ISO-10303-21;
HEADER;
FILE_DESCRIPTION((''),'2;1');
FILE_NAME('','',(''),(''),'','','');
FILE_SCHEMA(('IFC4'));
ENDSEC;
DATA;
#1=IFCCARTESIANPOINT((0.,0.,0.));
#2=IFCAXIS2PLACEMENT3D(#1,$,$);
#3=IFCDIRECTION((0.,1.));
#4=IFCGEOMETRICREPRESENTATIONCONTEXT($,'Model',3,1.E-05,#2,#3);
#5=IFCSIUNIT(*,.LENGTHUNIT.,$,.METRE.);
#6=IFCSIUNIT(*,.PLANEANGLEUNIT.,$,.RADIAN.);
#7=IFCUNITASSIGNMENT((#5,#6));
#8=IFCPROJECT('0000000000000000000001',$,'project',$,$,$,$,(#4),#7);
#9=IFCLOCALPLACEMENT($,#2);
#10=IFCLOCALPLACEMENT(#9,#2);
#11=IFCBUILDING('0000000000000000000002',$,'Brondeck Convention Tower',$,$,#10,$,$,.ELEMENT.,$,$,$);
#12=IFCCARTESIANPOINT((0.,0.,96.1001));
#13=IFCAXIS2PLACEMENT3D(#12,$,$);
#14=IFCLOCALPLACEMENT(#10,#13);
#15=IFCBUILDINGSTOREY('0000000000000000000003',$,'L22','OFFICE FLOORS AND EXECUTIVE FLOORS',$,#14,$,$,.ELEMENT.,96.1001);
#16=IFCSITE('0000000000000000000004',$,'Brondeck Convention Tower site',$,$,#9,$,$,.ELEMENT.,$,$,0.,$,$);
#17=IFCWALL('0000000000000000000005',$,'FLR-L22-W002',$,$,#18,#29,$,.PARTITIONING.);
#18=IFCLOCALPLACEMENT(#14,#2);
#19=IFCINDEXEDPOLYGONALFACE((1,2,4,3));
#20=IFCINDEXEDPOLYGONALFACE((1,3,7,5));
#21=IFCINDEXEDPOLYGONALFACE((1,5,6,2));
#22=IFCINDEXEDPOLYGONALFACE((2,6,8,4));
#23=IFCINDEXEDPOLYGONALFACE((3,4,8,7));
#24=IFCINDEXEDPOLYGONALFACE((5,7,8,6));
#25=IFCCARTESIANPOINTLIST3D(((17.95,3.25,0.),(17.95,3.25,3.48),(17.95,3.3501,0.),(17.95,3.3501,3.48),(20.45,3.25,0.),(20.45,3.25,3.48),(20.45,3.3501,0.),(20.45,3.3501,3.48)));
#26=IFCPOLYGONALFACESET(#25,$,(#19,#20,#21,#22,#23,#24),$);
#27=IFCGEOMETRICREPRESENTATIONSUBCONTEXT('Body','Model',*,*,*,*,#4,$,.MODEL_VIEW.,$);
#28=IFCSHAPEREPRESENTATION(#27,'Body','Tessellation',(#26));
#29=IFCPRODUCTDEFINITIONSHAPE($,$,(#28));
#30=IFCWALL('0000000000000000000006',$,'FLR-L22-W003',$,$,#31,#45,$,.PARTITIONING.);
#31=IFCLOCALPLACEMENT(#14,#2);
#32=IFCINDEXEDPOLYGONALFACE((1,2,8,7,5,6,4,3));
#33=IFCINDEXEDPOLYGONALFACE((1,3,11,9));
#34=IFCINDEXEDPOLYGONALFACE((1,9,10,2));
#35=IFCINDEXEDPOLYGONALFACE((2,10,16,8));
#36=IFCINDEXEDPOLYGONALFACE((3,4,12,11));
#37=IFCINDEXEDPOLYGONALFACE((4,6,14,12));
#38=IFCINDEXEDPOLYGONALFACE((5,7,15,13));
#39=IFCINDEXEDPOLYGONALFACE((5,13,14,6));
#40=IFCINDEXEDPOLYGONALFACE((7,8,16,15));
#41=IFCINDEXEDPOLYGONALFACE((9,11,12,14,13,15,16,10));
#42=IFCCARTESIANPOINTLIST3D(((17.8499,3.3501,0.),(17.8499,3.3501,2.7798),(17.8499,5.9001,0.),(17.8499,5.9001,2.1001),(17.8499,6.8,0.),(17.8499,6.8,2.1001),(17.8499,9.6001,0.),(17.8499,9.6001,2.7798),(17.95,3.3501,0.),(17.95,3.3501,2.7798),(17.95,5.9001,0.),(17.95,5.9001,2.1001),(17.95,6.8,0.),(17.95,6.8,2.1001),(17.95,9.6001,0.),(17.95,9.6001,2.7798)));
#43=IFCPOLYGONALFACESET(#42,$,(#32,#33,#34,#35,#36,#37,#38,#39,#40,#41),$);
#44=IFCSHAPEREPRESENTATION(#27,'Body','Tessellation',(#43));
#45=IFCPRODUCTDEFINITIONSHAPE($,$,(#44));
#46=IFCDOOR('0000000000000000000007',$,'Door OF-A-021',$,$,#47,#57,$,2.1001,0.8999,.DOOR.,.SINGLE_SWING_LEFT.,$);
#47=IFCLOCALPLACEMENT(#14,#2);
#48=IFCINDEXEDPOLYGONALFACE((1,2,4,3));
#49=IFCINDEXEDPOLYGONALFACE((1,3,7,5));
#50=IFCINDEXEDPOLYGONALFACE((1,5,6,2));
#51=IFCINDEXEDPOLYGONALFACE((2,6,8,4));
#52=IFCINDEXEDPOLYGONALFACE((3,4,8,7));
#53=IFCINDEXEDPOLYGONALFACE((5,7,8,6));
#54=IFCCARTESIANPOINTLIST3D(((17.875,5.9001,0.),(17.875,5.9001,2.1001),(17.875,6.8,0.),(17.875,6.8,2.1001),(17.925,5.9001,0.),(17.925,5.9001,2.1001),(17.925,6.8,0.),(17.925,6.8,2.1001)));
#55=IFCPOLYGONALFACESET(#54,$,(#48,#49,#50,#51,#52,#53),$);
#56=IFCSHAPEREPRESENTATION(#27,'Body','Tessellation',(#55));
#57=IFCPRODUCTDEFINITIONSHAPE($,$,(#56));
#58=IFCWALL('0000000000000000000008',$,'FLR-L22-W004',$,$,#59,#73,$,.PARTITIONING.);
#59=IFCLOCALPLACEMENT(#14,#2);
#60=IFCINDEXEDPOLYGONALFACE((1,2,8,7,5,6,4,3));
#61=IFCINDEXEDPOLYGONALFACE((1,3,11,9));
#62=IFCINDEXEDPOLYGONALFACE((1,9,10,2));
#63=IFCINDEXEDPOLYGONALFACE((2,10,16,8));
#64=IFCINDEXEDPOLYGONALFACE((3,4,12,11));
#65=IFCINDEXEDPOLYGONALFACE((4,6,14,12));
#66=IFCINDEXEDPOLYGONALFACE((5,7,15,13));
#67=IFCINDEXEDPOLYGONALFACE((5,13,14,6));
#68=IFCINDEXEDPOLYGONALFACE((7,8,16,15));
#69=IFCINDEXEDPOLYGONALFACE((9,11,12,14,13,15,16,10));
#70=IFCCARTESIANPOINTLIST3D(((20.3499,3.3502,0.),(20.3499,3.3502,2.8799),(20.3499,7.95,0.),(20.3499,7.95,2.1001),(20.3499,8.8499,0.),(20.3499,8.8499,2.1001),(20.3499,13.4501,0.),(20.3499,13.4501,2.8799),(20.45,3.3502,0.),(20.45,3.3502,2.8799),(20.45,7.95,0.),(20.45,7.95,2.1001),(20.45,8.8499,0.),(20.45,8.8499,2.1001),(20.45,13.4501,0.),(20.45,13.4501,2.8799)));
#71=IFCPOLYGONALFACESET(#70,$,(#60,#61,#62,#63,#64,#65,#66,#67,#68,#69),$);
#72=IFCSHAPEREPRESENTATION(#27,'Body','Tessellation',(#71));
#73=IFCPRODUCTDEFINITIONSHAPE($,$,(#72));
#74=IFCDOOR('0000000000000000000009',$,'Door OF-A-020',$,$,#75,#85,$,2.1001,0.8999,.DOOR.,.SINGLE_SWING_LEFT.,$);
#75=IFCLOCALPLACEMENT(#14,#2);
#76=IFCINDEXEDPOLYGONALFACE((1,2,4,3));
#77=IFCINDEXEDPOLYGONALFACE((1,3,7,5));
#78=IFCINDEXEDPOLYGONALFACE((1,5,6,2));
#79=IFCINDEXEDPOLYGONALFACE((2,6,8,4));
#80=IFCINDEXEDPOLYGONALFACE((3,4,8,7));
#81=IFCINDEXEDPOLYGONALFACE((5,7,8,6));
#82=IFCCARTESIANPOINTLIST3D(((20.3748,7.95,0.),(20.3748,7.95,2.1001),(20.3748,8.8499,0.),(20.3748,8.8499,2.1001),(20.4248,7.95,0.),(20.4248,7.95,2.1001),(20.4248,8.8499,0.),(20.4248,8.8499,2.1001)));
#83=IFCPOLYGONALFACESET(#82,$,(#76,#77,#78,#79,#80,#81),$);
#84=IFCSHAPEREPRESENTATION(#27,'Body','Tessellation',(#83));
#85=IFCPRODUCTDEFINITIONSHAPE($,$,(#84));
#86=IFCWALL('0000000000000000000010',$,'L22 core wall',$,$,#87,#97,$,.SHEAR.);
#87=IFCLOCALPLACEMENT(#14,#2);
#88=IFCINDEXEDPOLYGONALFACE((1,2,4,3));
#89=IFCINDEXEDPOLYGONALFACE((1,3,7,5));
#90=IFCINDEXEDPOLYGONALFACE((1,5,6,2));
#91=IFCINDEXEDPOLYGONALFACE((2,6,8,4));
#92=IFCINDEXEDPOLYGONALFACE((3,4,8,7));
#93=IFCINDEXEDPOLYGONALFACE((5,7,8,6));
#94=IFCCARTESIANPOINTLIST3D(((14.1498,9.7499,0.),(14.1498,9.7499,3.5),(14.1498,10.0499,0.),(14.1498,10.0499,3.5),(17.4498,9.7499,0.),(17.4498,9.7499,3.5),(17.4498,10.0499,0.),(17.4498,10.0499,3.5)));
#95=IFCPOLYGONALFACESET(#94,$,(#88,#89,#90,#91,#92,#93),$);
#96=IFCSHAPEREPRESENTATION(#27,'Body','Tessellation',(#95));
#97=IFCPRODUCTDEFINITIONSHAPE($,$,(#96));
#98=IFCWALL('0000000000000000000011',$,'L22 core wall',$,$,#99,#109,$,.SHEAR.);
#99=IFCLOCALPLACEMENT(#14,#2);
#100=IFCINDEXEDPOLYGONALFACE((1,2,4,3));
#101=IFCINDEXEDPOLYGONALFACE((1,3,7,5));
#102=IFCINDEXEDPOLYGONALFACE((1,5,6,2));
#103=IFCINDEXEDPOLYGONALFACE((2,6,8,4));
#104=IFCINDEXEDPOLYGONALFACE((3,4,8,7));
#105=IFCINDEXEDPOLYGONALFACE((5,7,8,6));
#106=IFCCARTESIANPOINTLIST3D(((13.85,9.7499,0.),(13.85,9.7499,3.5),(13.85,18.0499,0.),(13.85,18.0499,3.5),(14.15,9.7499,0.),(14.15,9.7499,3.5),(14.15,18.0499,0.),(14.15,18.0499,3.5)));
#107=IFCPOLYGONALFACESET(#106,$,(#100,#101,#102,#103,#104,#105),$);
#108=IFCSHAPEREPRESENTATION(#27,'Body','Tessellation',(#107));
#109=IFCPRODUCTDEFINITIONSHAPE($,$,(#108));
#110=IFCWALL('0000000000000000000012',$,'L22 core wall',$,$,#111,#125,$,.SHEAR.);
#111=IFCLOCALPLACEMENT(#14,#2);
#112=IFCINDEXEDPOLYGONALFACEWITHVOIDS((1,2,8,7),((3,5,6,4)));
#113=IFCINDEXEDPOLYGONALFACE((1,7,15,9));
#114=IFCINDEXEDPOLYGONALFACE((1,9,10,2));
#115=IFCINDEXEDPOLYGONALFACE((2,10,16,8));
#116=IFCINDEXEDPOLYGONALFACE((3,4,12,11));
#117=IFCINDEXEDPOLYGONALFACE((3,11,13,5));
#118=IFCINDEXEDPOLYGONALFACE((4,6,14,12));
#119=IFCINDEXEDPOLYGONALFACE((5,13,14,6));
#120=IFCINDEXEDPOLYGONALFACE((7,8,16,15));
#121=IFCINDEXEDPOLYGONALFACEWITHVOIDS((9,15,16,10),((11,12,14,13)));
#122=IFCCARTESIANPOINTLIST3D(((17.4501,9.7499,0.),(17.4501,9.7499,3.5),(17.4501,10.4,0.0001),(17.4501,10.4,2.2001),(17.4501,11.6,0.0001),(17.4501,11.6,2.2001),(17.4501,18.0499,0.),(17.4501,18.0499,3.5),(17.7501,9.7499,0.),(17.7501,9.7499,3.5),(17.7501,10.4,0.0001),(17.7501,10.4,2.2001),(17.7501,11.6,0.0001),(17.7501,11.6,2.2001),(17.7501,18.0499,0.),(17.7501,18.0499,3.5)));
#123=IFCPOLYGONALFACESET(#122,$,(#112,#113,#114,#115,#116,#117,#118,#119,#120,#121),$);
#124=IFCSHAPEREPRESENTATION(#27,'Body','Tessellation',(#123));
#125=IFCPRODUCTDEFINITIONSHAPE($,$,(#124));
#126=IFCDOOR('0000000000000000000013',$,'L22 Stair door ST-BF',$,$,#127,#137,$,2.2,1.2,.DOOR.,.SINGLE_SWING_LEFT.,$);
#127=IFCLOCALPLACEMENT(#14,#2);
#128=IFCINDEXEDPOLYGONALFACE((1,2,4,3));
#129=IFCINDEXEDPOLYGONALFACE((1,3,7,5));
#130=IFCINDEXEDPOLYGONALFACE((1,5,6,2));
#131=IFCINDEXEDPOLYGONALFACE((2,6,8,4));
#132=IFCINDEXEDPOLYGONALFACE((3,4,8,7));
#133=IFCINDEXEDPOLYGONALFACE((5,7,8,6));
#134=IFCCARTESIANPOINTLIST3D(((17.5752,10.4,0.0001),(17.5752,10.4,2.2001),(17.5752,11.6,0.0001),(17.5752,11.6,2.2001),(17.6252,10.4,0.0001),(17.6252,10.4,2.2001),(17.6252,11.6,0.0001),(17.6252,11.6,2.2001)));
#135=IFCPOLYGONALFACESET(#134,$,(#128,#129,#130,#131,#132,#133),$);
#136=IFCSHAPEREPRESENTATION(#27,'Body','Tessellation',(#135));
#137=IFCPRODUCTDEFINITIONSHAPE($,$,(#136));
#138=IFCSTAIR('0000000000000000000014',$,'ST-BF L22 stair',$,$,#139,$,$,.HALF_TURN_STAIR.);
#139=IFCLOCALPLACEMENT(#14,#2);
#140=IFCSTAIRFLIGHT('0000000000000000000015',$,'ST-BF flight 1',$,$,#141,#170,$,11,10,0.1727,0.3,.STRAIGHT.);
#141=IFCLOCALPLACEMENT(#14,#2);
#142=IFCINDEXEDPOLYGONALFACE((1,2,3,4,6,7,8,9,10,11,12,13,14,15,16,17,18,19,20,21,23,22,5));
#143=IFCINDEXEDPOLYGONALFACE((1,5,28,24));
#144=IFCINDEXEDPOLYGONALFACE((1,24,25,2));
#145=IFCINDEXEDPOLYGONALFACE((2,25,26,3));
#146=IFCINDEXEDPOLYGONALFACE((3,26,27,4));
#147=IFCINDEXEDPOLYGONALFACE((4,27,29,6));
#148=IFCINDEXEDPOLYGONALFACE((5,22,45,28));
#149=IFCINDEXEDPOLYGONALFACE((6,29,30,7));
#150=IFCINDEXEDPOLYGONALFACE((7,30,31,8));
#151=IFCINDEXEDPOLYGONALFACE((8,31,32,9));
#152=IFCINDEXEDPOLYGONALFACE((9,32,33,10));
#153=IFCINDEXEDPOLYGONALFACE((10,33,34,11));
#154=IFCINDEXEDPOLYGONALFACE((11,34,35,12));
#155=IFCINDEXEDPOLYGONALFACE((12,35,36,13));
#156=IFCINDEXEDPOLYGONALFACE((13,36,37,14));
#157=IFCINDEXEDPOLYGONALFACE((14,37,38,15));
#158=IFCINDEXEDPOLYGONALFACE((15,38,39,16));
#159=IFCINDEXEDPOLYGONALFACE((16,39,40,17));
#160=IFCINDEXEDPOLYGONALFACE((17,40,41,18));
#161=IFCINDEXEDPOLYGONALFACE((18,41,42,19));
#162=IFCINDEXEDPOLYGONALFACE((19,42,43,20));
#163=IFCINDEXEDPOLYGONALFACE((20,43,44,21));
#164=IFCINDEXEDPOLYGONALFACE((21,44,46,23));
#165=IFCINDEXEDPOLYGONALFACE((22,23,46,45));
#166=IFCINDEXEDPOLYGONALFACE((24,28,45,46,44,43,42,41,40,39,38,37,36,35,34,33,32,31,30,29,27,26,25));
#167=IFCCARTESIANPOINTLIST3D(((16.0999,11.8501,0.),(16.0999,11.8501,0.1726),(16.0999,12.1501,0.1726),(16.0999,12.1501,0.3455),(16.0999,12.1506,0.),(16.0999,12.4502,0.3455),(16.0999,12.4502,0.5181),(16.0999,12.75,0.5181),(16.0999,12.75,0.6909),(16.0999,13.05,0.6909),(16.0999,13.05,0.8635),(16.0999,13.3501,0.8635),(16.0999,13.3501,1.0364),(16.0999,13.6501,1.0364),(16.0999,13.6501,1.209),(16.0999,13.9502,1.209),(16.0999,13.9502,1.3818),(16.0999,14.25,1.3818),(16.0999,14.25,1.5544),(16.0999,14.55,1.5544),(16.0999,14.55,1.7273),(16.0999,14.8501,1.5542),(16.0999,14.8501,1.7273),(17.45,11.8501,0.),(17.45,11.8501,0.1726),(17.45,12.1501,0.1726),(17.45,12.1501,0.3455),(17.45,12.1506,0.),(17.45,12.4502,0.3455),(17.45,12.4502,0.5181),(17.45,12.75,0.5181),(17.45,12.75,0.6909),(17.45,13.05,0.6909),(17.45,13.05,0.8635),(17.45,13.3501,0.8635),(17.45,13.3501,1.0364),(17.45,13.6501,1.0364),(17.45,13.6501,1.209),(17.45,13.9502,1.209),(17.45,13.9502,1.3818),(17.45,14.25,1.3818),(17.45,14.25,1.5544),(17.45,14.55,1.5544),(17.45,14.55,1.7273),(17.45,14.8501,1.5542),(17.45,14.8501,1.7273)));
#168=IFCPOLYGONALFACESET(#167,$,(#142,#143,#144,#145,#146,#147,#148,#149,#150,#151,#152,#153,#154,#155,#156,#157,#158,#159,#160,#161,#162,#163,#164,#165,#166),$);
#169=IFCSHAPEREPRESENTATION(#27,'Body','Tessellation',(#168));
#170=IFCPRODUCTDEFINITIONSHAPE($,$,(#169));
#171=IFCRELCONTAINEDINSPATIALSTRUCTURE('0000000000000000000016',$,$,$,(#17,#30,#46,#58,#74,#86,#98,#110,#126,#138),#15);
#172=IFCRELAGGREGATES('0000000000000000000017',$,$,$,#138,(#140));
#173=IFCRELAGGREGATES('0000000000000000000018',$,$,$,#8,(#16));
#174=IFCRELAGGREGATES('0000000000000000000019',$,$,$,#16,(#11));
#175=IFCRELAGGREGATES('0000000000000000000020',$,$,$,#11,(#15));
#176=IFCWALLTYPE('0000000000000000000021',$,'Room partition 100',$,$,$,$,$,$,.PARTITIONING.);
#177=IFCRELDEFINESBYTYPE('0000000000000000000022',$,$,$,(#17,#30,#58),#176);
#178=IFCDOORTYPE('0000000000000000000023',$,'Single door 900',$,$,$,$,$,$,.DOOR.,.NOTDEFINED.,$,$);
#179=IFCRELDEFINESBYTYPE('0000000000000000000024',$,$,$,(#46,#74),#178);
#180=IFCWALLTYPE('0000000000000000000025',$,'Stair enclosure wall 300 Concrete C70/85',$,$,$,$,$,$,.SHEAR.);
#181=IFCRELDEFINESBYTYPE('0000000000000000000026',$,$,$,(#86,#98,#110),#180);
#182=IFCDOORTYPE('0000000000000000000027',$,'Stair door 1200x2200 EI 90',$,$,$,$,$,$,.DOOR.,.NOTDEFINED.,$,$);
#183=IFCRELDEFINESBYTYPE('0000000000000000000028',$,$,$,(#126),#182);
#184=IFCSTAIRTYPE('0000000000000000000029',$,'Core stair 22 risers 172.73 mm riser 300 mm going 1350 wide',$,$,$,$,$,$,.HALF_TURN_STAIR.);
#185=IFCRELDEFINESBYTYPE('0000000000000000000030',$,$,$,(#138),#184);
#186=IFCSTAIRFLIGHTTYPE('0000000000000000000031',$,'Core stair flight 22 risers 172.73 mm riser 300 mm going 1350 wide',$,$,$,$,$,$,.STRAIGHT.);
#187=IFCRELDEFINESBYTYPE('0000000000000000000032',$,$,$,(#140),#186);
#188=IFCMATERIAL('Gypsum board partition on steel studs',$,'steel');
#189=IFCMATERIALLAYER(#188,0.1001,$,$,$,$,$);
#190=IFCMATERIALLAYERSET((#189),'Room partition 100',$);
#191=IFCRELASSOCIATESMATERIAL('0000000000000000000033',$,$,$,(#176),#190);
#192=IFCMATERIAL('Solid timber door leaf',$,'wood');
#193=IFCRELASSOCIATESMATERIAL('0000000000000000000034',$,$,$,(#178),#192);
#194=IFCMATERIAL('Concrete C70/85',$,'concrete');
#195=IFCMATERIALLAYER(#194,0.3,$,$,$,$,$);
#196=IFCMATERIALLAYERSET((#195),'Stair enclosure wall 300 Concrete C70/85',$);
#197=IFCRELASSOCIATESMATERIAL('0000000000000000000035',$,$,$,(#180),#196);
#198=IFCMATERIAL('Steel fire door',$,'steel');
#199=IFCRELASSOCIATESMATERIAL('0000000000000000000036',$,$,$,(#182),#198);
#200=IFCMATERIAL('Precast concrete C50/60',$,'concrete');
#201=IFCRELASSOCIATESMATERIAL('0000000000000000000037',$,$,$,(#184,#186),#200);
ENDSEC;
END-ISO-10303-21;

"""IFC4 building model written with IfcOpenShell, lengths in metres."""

from ifc_helpers import new_model, si_unit, direction, frame, frame_2d, origin, place, context, subcontext, project, spatial, polyline, rectangle, outline, extrude, material, layer, layer_set, type_object, element, fill, aggregate, save


model = new_model("IFC4")

# Units and contexts
model_context = context("Model", 3, precision=1e-05, world=origin(), true_north=direction((0.0, 1.0)))
body_context = subcontext(model_context, "Body", "Model", "MODEL_VIEW")
ifc_project = project(units=[si_unit("LENGTHUNIT", "METRE"), si_unit("PLANEANGLEUNIT", "RADIAN")], contexts=[model_context])

# Site, building, storey
site_placement = place(None, origin())
site = spatial("IfcSite", under=ifc_project, at=site_placement, Name="Brondeck Convention Tower site", CompositionType="ELEMENT", RefElevation=0.0)
building_placement = place(site_placement, origin())
building = spatial("IfcBuilding", under=site, at=building_placement, Name="Brondeck Convention Tower", CompositionType="ELEMENT")
storey_placement = place(building_placement, frame((0.0, 0.0, 96.1001)))
storey = spatial("IfcBuildingStorey", under=building, at=storey_placement, Name="L22", Description="OFFICE FLOORS AND EXECUTIVE FLOORS", CompositionType="ELEMENT", Elevation=96.1001)

# Shared definitions
ifc_material_1 = material(Name="Concrete C70/85", Category="concrete")

# Wall
ifc_material_2 = material(Name="Gypsum board partition on steel studs", Category="steel")
ifc_layer_1 = layer(ifc_material_2, 0.1001)
ifc_layer_set_1 = layer_set([ifc_layer_1], Name="Room partition 100")
wall_type_1 = type_object("IfcWallType", Name="Room partition 100", PredefinedType="PARTITIONING", material=ifc_layer_set_1)
wall_1_placement = place(storey_placement, frame((20.45, 3.3, 0.0), z_axis=(0.0, 0.0, 1.0), x_axis=(-1.0, 0.0, 0.0)))
element("IfcWall", 1, at=wall_1_placement, inside=storey, type_object=wall_type_1, Name="FLR-L22-W002", PredefinedType="PARTITIONING", context=body_context, shape_type="SweptSolid", body=[
    extrude(rectangle(XDim=2.5, YDim=0.1001, at=frame_2d((1.25, 0.0))), origin(), (0.0, 0.0, 1.0), 3.48),
])

# Walls, openings, doors
wall_2_placement = place(storey_placement, frame((17.8999, 3.3501, 0.0), z_axis=(0.0, 0.0, 1.0), x_axis=(0.0, 1.0, 0.0)))
wall_2 = element("IfcWall", 2, at=wall_2_placement, inside=storey, type_object=wall_type_1, Name="FLR-L22-W003", PredefinedType="PARTITIONING", context=body_context, shape_type="SweptSolid", body=[
    extrude(rectangle(XDim=6.25, YDim=0.1001, at=frame_2d((3.125, 0.0))), origin(), (0.0, 0.0, 1.0), 2.7798),
])
opening_1_placement = place(wall_2_placement, frame((2.55, 0.0, 0.0)))
opening_1 = element("IfcOpeningElement", 3, at=opening_1_placement, cuts=wall_2, PredefinedType="OPENING", context=body_context, shape_type="SweptSolid", body=[
    extrude(rectangle(XDim=0.8999, YDim=2.1001, at=frame_2d((0.45, 1.05))), frame((0.0, 0.0601, 0.0), z_axis=(0.0, -1.0, 0.0), x_axis=(1.0, 0.0, 0.0)), (0.0, 0.0, 1.0), 0.1201),
])
ifc_material_3 = material(Name="Solid timber door leaf", Category="wood")
door_type_1 = type_object("IfcDoorType", Name="Single door 900", OperationType="NOTDEFINED", PredefinedType="DOOR", material=ifc_material_3)
door_1_placement = place(opening_1_placement, origin())
door_1 = element("IfcDoor", 4, at=door_1_placement, inside=storey, type_object=door_type_1, Name="Door OF-A-021", OperationType="SINGLE_SWING_LEFT", OverallHeight=2.1001, OverallWidth=0.8999, PredefinedType="DOOR", context=body_context, shape_type="SweptSolid", body=[
    extrude(rectangle(XDim=0.8999, YDim=2.1001, at=frame_2d((0.45, 1.05))), frame((0.0, 0.0249, 0.0), z_axis=(0.0, -1.0, 0.0), x_axis=(1.0, 0.0, 0.0)), (0.0, 0.0, 1.0), 0.05),
])
fill(opening_1, door_1)
wall_3_placement = place(storey_placement, frame((20.3999, 13.45, 0.0), z_axis=(0.0, 0.0, 1.0), x_axis=(0.0, -1.0, 0.0)))
wall_3 = element("IfcWall", 5, at=wall_3_placement, inside=storey, type_object=wall_type_1, Name="FLR-L22-W004", PredefinedType="PARTITIONING", context=body_context, shape_type="SweptSolid", body=[
    extrude(rectangle(XDim=10.0999, YDim=0.1001, at=frame_2d((5.0498, 0.0))), origin(), (0.0, 0.0, 1.0), 2.8799),
])
opening_2_placement = place(wall_3_placement, frame((4.6001, 0.0, 0.0)))
opening_2 = element("IfcOpeningElement", 6, at=opening_2_placement, cuts=wall_3, PredefinedType="OPENING", context=body_context, shape_type="SweptSolid", body=[
    extrude(rectangle(XDim=0.8999, YDim=2.1001, at=frame_2d((0.45, 1.05))), frame((0.0, 0.0601, 0.0), z_axis=(0.0, -1.0, 0.0), x_axis=(1.0, 0.0, 0.0)), (0.0, 0.0, 1.0), 0.1201),
])
door_2_placement = place(opening_2_placement, origin())
door_2 = element("IfcDoor", 7, at=door_2_placement, inside=storey, type_object=door_type_1, Name="Door OF-A-020", OperationType="SINGLE_SWING_LEFT", OverallHeight=2.1001, OverallWidth=0.8999, PredefinedType="DOOR", context=body_context, shape_type="SweptSolid", body=[
    extrude(rectangle(XDim=0.8999, YDim=2.1001, at=frame_2d((0.45, 1.05))), frame((0.0, 0.0249, 0.0), z_axis=(0.0, -1.0, 0.0), x_axis=(1.0, 0.0, 0.0)), (0.0, 0.0, 1.0), 0.05),
])
fill(opening_2, door_2)

# Walls
ifc_layer_2 = layer(ifc_material_1, 0.3)
ifc_layer_set_2 = layer_set([ifc_layer_2], Name="Stair enclosure wall 300 Concrete C70/85")
wall_type_2 = type_object("IfcWallType", Name="Stair enclosure wall 300 Concrete C70/85", PredefinedType="SHEAR", material=ifc_layer_set_2)
wall_4_placement = place(storey_placement, frame((14.1499, 9.8999, 0.0), z_axis=(0.0, 0.0, 1.0), x_axis=(1.0, 0.0, 0.0)))
element("IfcWall", 8, at=wall_4_placement, inside=storey, type_object=wall_type_2, Name="L22 core wall", PredefinedType="SHEAR", context=body_context, shape_type="SweptSolid", body=[
    extrude(rectangle(XDim=3.3, YDim=0.3, at=frame_2d((1.6499, 0.0))), origin(), (0.0, 0.0, 1.0), 3.5),
])
wall_5_placement = place(storey_placement, frame((14.0, 9.75, 0.0), z_axis=(0.0, 0.0, 1.0), x_axis=(0.0, 1.0, 0.0)))
element("IfcWall", 9, at=wall_5_placement, inside=storey, type_object=wall_type_2, Name="L22 core wall", PredefinedType="SHEAR", context=body_context, shape_type="SweptSolid", body=[
    extrude(rectangle(XDim=8.3, YDim=0.3, at=frame_2d((4.1499, 0.0))), origin(), (0.0, 0.0, 1.0), 3.5),
])

# Wall, opening, door
wall_6_placement = place(storey_placement, frame((17.6001, 9.75, 0.0), z_axis=(0.0, 0.0, 1.0), x_axis=(0.0, 1.0, 0.0)))
wall_6 = element("IfcWall", 10, at=wall_6_placement, inside=storey, type_object=wall_type_2, Name="L22 core wall", PredefinedType="SHEAR", context=body_context, shape_type="SweptSolid", body=[
    extrude(rectangle(XDim=8.3, YDim=0.3, at=frame_2d((4.1499, 0.0))), origin(), (0.0, 0.0, 1.0), 3.5),
])
opening_3_placement = place(wall_6_placement, frame((0.6499, 0.0, 0.0)))
opening_3 = element("IfcOpeningElement", 11, at=opening_3_placement, cuts=wall_6, PredefinedType="OPENING", context=body_context, shape_type="SweptSolid", body=[
    extrude(rectangle(XDim=1.2, YDim=2.2, at=frame_2d((0.6001, 1.1001))), frame((0.0, 0.1599, 0.0), z_axis=(0.0, -1.0, 0.0), x_axis=(1.0, 0.0, 0.0)), (0.0, 0.0, 1.0), 0.3201),
])
ifc_material_4 = material(Name="Steel fire door", Category="steel")
door_type_2 = type_object("IfcDoorType", Name="Stair door 1200x2200 EI 90", OperationType="NOTDEFINED", PredefinedType="DOOR", material=ifc_material_4)
door_3_placement = place(opening_3_placement, origin())
door_3 = element("IfcDoor", 12, at=door_3_placement, inside=storey, type_object=door_type_2, Name="L22 Stair door ST-BF", OperationType="SINGLE_SWING_LEFT", OverallHeight=2.2, OverallWidth=1.2, PredefinedType="DOOR", context=body_context, shape_type="SweptSolid", body=[
    extrude(rectangle(XDim=1.2, YDim=2.2, at=frame_2d((0.6001, 1.1001))), frame((0.0, 0.0249, 0.0), z_axis=(0.0, -1.0, 0.0), x_axis=(1.0, 0.0, 0.0)), (0.0, 0.0, 1.0), 0.05),
])
fill(opening_3, door_3)

# Stair, stair flight
ifc_material_5 = material(Name="Precast concrete C50/60", Category="concrete")
stair_type = type_object("IfcStairType", Name="Core stair 22 risers 172.73 mm riser 300 mm going 1350 wide", PredefinedType="HALF_TURN_STAIR", material=ifc_material_5)
stair_placement = place(storey_placement, origin())
stair = element("IfcStair", 13, at=stair_placement, inside=storey, type_object=stair_type, Name="ST-BF L22 stair", PredefinedType="HALF_TURN_STAIR")
stair_flight_type = type_object("IfcStairFlightType", Name="Core stair flight 22 risers 172.73 mm riser 300 mm going 1350 wide", PredefinedType="STRAIGHT", material=ifc_material_5)
stair_flight_1_placement = place(storey_placement, frame((16.7749, 11.8501, 0.0), z_axis=(0.0, 0.0, 1.0), x_axis=(0.0, 1.0, 0.0)))
stair_flight_1 = element("IfcStairFlight", 14, at=stair_flight_1_placement, type_object=stair_flight_type, Name="ST-BF flight 1", NumberOfRisers=11, NumberOfTreads=10, PredefinedType="STRAIGHT", RiserHeight=0.1727, TreadLength=0.3, context=body_context, shape_type="SweptSolid", body=[
    extrude(outline(polyline([(0.0, 0.0), (0.0, 0.1726), (0.3, 0.1726), (0.3, 0.3455), (0.6001, 0.3455), (0.6001, 0.5181), (0.8999, 0.5181), (0.8999, 0.6909), (1.2, 0.6909), (1.2, 0.8635), (1.5, 0.8635), (1.5, 1.0364), (1.8, 1.0364), (1.8, 1.209), (2.1001, 1.209), (2.1001, 1.3818), (2.3999, 1.3818), (2.3999, 1.5544), (2.7, 1.5544), (2.7, 1.7273), (3.0, 1.7273), (3.0, 1.8999), (3.0, 1.5542), (0.3005, 0.0), (0.0, 0.0)])), frame((0.0, 0.675, 0.0), z_axis=(0.0, -1.0, 0.0), x_axis=(1.0, 0.0, 0.0)), (0.0, 0.0, 1.0), 1.3501),
])
aggregate(stair, [stair_flight_1])

save(model, "model.ifc")
